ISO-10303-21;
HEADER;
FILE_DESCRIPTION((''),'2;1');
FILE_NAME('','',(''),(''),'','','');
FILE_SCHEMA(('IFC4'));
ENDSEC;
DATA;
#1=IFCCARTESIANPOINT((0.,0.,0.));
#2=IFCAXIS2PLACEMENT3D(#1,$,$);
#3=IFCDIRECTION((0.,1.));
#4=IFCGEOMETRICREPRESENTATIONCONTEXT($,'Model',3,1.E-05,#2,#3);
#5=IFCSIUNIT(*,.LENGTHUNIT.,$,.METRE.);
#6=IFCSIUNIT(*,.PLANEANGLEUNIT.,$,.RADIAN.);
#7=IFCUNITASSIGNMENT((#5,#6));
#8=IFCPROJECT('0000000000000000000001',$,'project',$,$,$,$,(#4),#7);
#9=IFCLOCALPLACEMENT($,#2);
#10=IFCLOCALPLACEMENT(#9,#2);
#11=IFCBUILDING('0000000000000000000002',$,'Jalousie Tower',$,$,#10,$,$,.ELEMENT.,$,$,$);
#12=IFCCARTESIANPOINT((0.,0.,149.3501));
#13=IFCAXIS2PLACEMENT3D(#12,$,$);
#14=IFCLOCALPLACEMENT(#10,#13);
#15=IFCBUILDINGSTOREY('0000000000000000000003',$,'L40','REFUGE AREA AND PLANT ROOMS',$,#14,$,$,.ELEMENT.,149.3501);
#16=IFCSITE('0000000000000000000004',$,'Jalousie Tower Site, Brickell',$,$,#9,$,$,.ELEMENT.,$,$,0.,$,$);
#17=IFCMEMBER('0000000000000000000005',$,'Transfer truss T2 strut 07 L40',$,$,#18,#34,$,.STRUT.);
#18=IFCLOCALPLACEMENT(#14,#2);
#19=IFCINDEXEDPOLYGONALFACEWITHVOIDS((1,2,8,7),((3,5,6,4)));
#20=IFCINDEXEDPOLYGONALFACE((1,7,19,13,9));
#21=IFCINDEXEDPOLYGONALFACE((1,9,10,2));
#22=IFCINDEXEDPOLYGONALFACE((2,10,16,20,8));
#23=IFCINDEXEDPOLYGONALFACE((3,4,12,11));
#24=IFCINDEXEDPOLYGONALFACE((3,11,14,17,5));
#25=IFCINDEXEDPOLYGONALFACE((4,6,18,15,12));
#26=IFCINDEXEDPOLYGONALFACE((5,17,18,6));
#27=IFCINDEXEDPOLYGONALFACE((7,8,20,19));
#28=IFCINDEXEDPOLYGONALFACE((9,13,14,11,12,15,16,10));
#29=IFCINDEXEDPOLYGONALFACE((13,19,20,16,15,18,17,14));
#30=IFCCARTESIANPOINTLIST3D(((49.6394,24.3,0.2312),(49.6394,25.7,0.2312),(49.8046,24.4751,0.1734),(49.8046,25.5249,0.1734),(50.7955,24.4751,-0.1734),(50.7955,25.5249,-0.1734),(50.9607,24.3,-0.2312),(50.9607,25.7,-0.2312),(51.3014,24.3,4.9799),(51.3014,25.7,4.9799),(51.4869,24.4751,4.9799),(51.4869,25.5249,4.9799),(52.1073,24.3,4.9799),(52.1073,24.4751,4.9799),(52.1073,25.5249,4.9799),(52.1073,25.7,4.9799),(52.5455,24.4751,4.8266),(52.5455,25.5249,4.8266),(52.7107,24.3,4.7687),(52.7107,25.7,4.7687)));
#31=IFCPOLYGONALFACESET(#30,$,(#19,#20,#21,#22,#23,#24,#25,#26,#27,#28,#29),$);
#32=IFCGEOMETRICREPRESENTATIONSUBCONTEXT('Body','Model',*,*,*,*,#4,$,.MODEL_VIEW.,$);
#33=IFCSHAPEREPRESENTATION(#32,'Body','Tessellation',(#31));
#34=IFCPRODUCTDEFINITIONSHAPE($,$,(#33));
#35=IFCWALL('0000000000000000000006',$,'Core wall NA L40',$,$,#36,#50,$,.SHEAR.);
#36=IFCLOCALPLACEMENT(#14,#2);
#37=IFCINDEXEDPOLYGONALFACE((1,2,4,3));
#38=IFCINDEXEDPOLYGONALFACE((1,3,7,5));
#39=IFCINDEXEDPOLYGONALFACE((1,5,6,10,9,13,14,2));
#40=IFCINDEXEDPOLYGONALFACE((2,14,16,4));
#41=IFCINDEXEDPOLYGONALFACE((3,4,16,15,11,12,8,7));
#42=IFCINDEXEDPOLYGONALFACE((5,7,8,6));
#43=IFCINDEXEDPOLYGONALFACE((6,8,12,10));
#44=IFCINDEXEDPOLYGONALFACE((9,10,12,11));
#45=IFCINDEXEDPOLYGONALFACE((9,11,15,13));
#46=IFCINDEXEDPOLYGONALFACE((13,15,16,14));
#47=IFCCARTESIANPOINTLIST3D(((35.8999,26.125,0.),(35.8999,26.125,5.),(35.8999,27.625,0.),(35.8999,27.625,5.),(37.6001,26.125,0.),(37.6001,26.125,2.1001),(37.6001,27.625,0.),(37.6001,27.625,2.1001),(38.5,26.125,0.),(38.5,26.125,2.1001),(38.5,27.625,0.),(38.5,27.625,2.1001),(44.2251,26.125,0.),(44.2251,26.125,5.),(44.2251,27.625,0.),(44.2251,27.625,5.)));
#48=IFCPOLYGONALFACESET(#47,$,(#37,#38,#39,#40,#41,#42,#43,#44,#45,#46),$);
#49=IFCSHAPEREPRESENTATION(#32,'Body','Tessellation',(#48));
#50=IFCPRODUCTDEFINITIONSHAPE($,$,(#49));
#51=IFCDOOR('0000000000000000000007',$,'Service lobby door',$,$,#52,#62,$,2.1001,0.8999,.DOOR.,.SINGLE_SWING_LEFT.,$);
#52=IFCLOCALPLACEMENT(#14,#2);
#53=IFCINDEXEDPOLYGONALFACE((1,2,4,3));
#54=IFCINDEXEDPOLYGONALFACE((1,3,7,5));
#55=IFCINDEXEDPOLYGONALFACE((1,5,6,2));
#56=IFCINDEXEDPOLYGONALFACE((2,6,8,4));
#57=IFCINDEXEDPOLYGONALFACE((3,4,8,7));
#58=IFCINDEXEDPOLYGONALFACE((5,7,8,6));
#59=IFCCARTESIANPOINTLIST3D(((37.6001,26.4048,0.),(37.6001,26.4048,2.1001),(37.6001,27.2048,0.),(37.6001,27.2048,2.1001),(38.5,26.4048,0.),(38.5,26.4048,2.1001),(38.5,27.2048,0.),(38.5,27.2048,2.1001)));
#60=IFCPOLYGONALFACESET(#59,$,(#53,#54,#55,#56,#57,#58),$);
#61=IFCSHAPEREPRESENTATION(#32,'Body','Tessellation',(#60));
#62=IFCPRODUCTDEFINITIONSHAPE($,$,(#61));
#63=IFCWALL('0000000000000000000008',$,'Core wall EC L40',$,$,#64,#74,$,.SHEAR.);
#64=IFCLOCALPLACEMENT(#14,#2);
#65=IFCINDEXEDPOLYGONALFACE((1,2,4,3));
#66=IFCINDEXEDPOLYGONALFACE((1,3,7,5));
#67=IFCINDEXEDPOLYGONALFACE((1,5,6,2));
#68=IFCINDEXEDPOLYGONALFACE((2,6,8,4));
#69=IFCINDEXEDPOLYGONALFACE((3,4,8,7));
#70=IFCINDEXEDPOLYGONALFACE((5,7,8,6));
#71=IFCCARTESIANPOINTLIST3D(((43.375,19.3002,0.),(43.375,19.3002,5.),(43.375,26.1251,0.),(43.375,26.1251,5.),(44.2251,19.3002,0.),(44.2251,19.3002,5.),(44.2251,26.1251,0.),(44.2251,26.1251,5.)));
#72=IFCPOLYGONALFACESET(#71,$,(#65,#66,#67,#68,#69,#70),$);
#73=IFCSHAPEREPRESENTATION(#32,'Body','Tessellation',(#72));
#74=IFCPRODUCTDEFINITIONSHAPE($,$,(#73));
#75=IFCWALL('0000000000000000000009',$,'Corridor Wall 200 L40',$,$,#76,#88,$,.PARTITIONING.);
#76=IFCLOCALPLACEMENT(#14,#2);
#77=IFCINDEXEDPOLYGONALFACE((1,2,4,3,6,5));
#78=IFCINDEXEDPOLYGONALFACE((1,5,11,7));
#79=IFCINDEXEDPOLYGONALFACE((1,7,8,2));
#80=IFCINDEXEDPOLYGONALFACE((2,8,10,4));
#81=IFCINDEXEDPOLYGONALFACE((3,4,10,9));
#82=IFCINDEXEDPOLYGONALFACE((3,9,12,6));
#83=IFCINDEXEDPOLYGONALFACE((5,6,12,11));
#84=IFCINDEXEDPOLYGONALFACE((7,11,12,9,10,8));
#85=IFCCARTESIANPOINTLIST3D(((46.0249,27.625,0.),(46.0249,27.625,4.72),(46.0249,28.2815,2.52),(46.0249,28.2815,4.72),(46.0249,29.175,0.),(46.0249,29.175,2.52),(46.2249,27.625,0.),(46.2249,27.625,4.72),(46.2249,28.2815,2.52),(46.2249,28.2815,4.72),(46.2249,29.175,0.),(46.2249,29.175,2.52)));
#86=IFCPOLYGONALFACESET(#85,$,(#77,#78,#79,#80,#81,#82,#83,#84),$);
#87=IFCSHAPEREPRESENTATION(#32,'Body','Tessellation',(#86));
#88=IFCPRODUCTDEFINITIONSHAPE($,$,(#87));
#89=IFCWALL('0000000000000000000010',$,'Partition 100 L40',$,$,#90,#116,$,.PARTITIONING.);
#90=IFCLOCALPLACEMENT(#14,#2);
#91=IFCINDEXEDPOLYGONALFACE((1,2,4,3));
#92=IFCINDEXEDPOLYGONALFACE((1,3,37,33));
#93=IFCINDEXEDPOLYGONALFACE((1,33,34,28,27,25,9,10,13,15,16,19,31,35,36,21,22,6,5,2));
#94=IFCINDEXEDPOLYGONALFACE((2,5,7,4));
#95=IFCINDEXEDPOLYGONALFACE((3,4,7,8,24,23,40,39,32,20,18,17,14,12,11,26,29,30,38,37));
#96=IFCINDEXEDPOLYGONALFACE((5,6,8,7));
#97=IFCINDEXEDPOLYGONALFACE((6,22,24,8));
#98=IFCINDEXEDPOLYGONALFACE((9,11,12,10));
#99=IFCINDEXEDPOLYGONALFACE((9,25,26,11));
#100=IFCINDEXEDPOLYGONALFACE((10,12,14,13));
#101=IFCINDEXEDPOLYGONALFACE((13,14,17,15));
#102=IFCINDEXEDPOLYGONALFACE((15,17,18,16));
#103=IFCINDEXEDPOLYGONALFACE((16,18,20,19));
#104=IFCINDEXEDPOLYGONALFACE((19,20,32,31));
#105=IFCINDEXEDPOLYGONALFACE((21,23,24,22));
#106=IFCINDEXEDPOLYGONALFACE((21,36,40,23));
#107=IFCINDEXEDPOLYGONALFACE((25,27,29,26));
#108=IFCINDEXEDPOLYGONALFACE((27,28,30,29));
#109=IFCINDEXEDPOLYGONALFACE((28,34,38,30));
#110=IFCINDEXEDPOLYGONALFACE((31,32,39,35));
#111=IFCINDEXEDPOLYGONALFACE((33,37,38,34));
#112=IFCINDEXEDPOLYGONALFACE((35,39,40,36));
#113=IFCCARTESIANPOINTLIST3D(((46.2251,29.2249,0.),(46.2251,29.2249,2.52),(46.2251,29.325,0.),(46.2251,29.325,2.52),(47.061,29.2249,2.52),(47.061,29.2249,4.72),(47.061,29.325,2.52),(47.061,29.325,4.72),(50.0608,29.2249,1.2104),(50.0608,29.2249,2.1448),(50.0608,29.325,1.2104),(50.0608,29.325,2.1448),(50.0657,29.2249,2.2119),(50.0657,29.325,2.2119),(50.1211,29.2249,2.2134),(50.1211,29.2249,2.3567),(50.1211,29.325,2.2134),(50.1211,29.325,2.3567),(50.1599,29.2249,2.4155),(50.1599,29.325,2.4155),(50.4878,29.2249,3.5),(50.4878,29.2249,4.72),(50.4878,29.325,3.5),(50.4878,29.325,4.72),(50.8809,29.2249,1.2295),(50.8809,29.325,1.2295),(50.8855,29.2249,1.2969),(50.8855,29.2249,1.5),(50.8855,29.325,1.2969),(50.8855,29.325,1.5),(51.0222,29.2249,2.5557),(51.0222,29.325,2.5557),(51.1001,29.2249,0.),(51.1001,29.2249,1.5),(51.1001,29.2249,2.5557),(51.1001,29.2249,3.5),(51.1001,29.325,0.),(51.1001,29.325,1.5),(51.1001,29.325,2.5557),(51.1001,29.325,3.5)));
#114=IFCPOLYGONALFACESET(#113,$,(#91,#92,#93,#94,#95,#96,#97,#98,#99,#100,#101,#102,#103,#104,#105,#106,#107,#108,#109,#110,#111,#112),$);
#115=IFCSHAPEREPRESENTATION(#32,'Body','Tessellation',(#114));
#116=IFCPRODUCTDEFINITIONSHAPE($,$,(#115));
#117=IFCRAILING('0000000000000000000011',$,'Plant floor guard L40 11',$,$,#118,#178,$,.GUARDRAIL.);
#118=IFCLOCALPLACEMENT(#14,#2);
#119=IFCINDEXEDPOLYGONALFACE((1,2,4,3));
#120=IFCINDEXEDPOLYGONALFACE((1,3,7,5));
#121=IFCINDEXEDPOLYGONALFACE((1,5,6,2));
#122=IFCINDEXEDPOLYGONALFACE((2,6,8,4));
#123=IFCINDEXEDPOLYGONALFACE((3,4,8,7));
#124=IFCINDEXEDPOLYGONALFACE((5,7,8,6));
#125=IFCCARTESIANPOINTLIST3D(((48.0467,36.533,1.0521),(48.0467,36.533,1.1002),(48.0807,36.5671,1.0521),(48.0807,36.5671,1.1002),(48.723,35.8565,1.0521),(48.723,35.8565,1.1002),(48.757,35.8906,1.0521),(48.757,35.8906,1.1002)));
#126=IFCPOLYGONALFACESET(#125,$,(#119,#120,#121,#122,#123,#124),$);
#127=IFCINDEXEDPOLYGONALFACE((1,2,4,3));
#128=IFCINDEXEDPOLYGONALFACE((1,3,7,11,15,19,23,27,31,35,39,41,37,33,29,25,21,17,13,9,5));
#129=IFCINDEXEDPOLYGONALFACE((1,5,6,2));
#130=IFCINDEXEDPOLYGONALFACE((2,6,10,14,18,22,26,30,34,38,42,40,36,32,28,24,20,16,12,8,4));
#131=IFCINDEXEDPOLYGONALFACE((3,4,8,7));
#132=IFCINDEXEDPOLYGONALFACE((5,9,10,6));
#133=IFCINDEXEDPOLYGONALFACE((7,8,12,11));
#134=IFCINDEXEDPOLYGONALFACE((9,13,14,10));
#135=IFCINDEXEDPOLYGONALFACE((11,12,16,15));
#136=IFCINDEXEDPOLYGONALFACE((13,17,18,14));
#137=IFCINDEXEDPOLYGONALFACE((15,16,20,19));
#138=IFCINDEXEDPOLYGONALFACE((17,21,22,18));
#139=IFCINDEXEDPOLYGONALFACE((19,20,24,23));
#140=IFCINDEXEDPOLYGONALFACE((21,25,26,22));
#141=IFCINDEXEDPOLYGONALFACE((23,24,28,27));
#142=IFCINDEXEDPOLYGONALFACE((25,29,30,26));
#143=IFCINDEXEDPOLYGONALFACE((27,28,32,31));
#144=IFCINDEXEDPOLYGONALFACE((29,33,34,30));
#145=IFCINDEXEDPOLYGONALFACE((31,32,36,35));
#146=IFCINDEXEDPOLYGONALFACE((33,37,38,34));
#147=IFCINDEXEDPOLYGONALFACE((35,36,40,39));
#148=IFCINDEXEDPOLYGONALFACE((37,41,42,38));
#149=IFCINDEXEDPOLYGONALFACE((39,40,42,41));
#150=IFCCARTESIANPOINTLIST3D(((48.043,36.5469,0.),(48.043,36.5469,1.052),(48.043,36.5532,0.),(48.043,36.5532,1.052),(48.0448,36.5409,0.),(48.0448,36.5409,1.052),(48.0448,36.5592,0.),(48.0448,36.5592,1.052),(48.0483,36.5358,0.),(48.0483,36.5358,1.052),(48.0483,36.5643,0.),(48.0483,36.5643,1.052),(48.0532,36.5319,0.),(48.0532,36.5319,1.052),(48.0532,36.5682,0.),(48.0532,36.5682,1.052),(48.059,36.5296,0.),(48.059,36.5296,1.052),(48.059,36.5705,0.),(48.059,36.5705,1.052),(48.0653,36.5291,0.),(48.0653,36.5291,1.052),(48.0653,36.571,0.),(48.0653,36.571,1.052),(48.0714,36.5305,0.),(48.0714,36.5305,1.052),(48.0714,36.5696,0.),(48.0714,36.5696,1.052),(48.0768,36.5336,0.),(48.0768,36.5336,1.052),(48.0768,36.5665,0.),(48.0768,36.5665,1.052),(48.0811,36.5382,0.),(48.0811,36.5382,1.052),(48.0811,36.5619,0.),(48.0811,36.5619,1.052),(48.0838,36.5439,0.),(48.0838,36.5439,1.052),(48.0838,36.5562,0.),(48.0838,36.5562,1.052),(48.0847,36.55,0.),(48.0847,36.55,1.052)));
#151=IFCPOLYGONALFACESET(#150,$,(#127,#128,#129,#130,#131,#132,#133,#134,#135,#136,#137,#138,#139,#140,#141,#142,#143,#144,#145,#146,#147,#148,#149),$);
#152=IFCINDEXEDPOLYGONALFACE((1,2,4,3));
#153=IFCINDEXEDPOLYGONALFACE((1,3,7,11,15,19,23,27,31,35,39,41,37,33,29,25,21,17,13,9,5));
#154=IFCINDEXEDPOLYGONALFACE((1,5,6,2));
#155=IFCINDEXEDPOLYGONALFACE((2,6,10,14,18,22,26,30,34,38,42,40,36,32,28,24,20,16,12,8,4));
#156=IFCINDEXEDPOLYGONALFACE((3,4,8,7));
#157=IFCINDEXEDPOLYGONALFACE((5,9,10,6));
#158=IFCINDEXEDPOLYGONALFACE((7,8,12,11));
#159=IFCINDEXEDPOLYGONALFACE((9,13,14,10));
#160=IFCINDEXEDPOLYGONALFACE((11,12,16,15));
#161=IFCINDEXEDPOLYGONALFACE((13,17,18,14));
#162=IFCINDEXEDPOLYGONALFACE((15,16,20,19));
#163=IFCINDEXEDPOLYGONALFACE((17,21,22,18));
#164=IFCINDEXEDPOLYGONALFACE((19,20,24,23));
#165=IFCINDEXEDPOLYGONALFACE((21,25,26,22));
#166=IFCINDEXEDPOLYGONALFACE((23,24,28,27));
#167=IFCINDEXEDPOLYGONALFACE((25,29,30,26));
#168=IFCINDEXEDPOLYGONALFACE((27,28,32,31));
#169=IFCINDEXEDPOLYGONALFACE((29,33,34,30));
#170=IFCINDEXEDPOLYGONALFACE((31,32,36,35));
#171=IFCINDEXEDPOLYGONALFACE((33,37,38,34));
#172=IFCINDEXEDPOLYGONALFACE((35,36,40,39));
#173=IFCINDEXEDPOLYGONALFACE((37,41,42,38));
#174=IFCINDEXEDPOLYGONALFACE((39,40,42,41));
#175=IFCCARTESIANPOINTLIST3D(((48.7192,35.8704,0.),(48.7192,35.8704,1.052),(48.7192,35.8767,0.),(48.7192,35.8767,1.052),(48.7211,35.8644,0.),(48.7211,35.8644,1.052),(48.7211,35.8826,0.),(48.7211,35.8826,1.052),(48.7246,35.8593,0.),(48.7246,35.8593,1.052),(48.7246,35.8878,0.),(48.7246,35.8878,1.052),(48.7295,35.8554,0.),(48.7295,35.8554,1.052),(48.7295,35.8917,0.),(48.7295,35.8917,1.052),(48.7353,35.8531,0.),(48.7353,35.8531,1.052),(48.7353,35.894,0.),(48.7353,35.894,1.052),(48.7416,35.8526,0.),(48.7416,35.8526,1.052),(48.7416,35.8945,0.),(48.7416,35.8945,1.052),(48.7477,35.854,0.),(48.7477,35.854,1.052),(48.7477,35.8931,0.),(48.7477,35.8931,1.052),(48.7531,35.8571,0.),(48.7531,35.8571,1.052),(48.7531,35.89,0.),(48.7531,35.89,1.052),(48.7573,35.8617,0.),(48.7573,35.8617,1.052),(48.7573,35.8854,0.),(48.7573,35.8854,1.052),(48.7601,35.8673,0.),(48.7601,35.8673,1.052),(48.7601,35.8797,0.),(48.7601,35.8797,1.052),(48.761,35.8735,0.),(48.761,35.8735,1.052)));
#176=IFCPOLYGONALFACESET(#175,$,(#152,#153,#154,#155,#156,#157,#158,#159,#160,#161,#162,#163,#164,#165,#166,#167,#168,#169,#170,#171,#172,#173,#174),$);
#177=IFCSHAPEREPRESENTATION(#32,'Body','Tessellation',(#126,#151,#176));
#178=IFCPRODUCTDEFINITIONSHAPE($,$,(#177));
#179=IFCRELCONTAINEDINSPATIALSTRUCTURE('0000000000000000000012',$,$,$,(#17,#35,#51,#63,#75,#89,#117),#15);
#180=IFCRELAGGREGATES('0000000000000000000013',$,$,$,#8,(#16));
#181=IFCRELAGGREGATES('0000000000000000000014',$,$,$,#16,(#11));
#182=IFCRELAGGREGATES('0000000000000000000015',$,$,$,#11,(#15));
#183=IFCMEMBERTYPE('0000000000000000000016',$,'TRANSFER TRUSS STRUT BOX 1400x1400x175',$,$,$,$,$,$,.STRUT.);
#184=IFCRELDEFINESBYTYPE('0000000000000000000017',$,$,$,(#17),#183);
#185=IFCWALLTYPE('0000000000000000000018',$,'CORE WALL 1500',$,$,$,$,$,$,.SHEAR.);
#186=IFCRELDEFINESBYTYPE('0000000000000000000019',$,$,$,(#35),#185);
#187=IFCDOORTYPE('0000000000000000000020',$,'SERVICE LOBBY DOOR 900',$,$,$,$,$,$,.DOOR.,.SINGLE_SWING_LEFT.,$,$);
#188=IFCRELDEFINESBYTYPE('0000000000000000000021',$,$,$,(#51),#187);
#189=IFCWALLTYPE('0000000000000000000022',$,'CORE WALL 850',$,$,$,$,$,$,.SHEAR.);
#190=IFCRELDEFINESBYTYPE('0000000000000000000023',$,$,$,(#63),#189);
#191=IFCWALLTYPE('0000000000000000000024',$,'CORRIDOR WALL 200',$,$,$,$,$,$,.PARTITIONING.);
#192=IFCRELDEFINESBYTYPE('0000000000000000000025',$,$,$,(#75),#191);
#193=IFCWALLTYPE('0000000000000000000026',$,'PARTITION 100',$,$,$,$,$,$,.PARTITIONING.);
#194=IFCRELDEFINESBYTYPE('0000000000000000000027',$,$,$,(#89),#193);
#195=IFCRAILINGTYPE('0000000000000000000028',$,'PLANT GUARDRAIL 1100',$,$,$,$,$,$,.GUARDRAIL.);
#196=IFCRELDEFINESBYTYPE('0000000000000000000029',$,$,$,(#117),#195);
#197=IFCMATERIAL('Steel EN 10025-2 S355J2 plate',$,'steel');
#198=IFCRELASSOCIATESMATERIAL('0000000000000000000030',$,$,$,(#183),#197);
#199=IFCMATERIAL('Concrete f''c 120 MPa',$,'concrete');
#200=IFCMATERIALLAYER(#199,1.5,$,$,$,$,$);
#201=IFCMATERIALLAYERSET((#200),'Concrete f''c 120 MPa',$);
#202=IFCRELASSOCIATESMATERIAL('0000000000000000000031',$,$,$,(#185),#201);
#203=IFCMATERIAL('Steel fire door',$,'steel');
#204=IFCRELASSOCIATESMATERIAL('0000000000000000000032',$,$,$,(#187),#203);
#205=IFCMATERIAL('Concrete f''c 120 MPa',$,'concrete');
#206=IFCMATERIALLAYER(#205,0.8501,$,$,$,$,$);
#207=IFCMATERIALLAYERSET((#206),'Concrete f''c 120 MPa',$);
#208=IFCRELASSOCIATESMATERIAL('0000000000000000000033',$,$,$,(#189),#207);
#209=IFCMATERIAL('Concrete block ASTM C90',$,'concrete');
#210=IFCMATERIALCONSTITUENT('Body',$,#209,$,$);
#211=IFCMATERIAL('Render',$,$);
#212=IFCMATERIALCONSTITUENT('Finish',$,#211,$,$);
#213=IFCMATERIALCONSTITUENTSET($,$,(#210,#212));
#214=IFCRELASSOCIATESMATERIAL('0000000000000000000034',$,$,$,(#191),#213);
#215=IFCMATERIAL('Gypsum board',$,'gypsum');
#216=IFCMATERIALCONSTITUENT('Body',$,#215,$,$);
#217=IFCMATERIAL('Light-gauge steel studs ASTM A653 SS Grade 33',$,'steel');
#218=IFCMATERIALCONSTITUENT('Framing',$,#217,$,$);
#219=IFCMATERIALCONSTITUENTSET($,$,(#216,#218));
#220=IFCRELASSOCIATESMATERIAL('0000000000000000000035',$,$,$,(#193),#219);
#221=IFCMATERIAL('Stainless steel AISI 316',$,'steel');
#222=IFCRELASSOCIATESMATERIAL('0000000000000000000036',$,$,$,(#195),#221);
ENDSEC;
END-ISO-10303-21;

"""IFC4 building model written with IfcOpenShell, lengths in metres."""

from ifc_helpers import new_model, si_unit, direction, frame, frame_2d, origin, origin_2d, place, context, subcontext, project, spatial, polyline, rectangle, hollow_rectangle, circle, outline, extrude, clip, halfspace, material, layer, layer_set, constituent, constituent_set, material_profile, profile_set, type_object, element, fill, save


model = new_model("IFC4")

# Units and contexts
model_context = context("Model", 3, precision=1e-05, world=origin(), true_north=direction((0.0, 1.0)))
body_context = subcontext(model_context, "Body", "Model", "MODEL_VIEW")
ifc_project = project(units=[si_unit("LENGTHUNIT", "METRE"), si_unit("PLANEANGLEUNIT", "RADIAN")], contexts=[model_context])

# Site, building, storey
site_placement = place(None, origin())
site = spatial("IfcSite", under=ifc_project, at=site_placement, Name="Jalousie Tower Site, Brickell", CompositionType="ELEMENT", RefElevation=0.0)
building_placement = place(site_placement, origin())
building = spatial("IfcBuilding", under=site, at=building_placement, Name="Jalousie Tower", CompositionType="ELEMENT")
storey_placement = place(building_placement, frame((0.0, 0.0, 149.3501)))
storey = spatial("IfcBuildingStorey", under=building, at=storey_placement, Name="L40", Description="REFUGE AREA AND PLANT ROOMS", CompositionType="ELEMENT", Elevation=149.3501)

# Member
ifc_material_1 = material(Name="Steel EN 10025-2 S355J2 plate", Category="steel")
ifc_material_profile_1 = material_profile(ifc_material_1, hollow_rectangle(XDim=1.3999, YDim=1.3999, WallThickness=0.175, at=origin_2d()), Name="BOX 1400x1400x175")
ifc_profile_set_1 = profile_set([ifc_material_profile_1], Name="Steel EN 10025-2 S355J2 plate")
member_type_1 = type_object("IfcMemberType", Name="TRANSFER TRUSS STRUT BOX 1400x1400x175", PredefinedType="STRUT", material=ifc_profile_set_1)
member_1_placement = place(storey_placement, frame((50.3, 25.0, 0.0), z_axis=(0.33035, 0.0, 0.943858), x_axis=(0.0, 1.0, 0.0)))
element("IfcMember", 1, at=member_1_placement, inside=storey, type_object=member_type_1, Name="Transfer truss T2 strut 07 L40", PredefinedType="STRUT", context=body_context, shape_type="Clipping", body=[
    clip(extrude(hollow_rectangle(XDim=1.3999, YDim=1.3999, WallThickness=0.175, at=origin_2d()), origin(), (0.0, 0.0, 1.0), 5.2974), halfspace(frame((0.0, 0.0, 5.2761), z_axis=(0.0, 0.33035, 0.943858)), False)),
])

# Wall, opening, door
ifc_material_2 = material(Name="Concrete f'c 120 MPa", Category="concrete")
ifc_layer_1 = layer(ifc_material_2, 1.5)
ifc_layer_set_1 = layer_set([ifc_layer_1], Name="Concrete f'c 120 MPa")
wall_type_1 = type_object("IfcWallType", Name="CORE WALL 1500", PredefinedType="SHEAR", material=ifc_layer_set_1)
wall_1_placement = place(storey_placement, frame((44.2251, 26.875, 0.0), z_axis=(0.0, 0.0, 1.0), x_axis=(-1.0, 0.0, 0.0)))
wall_1 = element("IfcWall", 2, at=wall_1_placement, inside=storey, type_object=wall_type_1, Name="Core wall NA L40", PredefinedType="SHEAR", context=body_context, shape_type="SweptSolid", body=[
    extrude(rectangle(XDim=8.3252, YDim=1.5, at=frame_2d((4.1626, 0.0))), origin(), (0.0, 0.0, 1.0), 5.0),
])
opening_placement = place(wall_1_placement, frame((5.7251, 0.0, 0.0)))
opening = element("IfcOpeningElement", 3, at=opening_placement, cuts=wall_1, PredefinedType="OPENING", context=body_context, shape_type="SweptSolid", body=[
    extrude(rectangle(XDim=0.8999, YDim=2.1001, at=frame_2d((0.45, 1.05))), frame((0.0, 0.76, 0.0), z_axis=(0.0, -1.0, 0.0), x_axis=(1.0, 0.0, 0.0)), (0.0, 0.0, 1.0), 1.52),
])
ifc_material_3 = material(Name="Steel fire door", Category="steel")
door_type = type_object("IfcDoorType", Name="SERVICE LOBBY DOOR 900", OperationType="SINGLE_SWING_LEFT", PredefinedType="DOOR", material=ifc_material_3)
door_placement = place(opening_placement, origin())
door = element("IfcDoor", 4, at=door_placement, inside=storey, type_object=door_type, Name="Service lobby door", OperationType="SINGLE_SWING_LEFT", OverallHeight=2.1001, OverallWidth=0.8999, PredefinedType="DOOR", context=body_context, shape_type="SweptSolid", body=[
    extrude(rectangle(XDim=0.8999, YDim=2.1001, at=frame_2d((0.45, 1.05))), frame((0.0, 0.4702, 0.0), z_axis=(0.0, -1.0, 0.0), x_axis=(1.0, 0.0, 0.0)), (0.0, 0.0, 1.0), 0.8),
])
fill(opening, door)

# Walls
ifc_material_4 = material(Name="Concrete f'c 120 MPa", Category="concrete")
ifc_layer_2 = layer(ifc_material_4, 0.8501)
ifc_layer_set_2 = layer_set([ifc_layer_2], Name="Concrete f'c 120 MPa")
wall_type_2 = type_object("IfcWallType", Name="CORE WALL 850", PredefinedType="SHEAR", material=ifc_layer_set_2)
wall_2_placement = place(storey_placement, frame((43.8, 19.3, 0.0), z_axis=(0.0, 0.0, 1.0), x_axis=(0.0, 1.0, 0.0)))
element("IfcWall", 5, at=wall_2_placement, inside=storey, type_object=wall_type_2, Name="Core wall EC L40", PredefinedType="SHEAR", context=body_context, shape_type="SweptSolid", body=[
    extrude(rectangle(XDim=6.825, YDim=0.8501, at=frame_2d((3.4126, 0.0))), origin(), (0.0, 0.0, 1.0), 5.0),
])
ifc_material_5 = material(Name="Concrete block ASTM C90", Category="concrete")
ifc_constituent_1 = constituent(ifc_material_5, Name="Body")
ifc_material_6 = material(Name="Render")
ifc_constituent_2 = constituent(ifc_material_6, Name="Finish")
ifc_constituent_set_1 = constituent_set(constituents=[ifc_constituent_1, ifc_constituent_2])
wall_type_3 = type_object("IfcWallType", Name="CORRIDOR WALL 200", PredefinedType="PARTITIONING", material=ifc_constituent_set_1)
wall_3_placement = place(storey_placement, frame((46.125, 27.625, 0.0), z_axis=(0.0, 0.0, 1.0), x_axis=(0.0, 1.0, 0.0)))
element("IfcWall", 6, at=wall_3_placement, inside=storey, type_object=wall_type_3, Name="Corridor Wall 200 L40", PredefinedType="PARTITIONING", context=body_context, shape_type="SweptSolid", body=[
    extrude(outline(polyline([(0.0, 0.0), (1.55, 0.0), (1.55, 2.52), (0.6565, 2.52), (0.6565, 4.72), (0.0, 4.72), (0.0, 0.0)])), frame((0.0, 0.1001, 0.0), z_axis=(0.0, -1.0, 0.0), x_axis=(1.0, 0.0, 0.0)), (0.0, 0.0, 1.0), 0.2),
])
ifc_material_7 = material(Name="Gypsum board", Category="gypsum")
ifc_constituent_3 = constituent(ifc_material_7, Name="Body")
ifc_material_8 = material(Name="Light-gauge steel studs ASTM A653 SS Grade 33", Category="steel")
ifc_constituent_4 = constituent(ifc_material_8, Name="Framing")
ifc_constituent_set_2 = constituent_set(constituents=[ifc_constituent_3, ifc_constituent_4])
wall_type_4 = type_object("IfcWallType", Name="PARTITION 100", PredefinedType="PARTITIONING", material=ifc_constituent_set_2)
wall_4_placement = place(storey_placement, frame((46.2251, 29.2749, 0.0), z_axis=(0.0, 0.0, 1.0), x_axis=(1.0, 0.0, 0.0)))
element("IfcWall", 7, at=wall_4_placement, inside=storey, type_object=wall_type_4, Name="Partition 100 L40", PredefinedType="PARTITIONING", context=body_context, shape_type="SweptSolid", body=[
    extrude(outline(polyline([(0.8359, 2.52), (0.0, 2.52), (0.0, 0.0), (4.875, 0.0), (4.875, 1.5), (4.6604, 1.5), (4.6604, 1.2969), (4.6558, 1.2295), (3.8357, 1.2104), (3.8357, 2.1448), (3.8406, 2.2119), (3.896, 2.2134), (3.896, 2.3567), (3.9348, 2.4155), (4.7971, 2.5557), (4.875, 2.5557), (4.875, 3.5), (4.2627, 3.5), (4.2627, 4.72), (0.8359, 4.72), (0.8359, 2.52)])), frame((0.0, 0.05, 0.0), z_axis=(0.0, -1.0, 0.0), x_axis=(1.0, 0.0, 0.0)), (0.0, 0.0, 1.0), 0.1001),
])

# Railing
ifc_material_9 = material(Name="Stainless steel AISI 316", Category="steel")
railing_type_1 = type_object("IfcRailingType", Name="PLANT GUARDRAIL 1100", PredefinedType="GUARDRAIL", material=ifc_material_9)
railing_1_placement = place(storey_placement, frame((48.0637, 36.55, 0.0)))
element("IfcRailing", 8, at=railing_1_placement, inside=storey, type_object=railing_type_1, Name="Plant floor guard L40 11", PredefinedType="GUARDRAIL", context=body_context, shape_type="SweptSolid", body=[
    extrude(rectangle(XDim=0.0481, YDim=0.0481, at=origin_2d()), frame((0.0, 0.0, 1.0762), z_axis=(0.706979, -0.707234, 0.0), x_axis=(0.707234, 0.706979, 0.0)), (0.0, 0.0, 1.0), 0.9565),
    extrude(circle(Radius=0.021, at=origin_2d()), origin(), (0.0, 0.0, 1.0), 1.052),
    extrude(circle(Radius=0.021, at=origin_2d()), frame((0.6763, -0.6765, 0.0)), (0.0, 0.0, 1.0), 1.052),
])

save(model, "model.ifc")
